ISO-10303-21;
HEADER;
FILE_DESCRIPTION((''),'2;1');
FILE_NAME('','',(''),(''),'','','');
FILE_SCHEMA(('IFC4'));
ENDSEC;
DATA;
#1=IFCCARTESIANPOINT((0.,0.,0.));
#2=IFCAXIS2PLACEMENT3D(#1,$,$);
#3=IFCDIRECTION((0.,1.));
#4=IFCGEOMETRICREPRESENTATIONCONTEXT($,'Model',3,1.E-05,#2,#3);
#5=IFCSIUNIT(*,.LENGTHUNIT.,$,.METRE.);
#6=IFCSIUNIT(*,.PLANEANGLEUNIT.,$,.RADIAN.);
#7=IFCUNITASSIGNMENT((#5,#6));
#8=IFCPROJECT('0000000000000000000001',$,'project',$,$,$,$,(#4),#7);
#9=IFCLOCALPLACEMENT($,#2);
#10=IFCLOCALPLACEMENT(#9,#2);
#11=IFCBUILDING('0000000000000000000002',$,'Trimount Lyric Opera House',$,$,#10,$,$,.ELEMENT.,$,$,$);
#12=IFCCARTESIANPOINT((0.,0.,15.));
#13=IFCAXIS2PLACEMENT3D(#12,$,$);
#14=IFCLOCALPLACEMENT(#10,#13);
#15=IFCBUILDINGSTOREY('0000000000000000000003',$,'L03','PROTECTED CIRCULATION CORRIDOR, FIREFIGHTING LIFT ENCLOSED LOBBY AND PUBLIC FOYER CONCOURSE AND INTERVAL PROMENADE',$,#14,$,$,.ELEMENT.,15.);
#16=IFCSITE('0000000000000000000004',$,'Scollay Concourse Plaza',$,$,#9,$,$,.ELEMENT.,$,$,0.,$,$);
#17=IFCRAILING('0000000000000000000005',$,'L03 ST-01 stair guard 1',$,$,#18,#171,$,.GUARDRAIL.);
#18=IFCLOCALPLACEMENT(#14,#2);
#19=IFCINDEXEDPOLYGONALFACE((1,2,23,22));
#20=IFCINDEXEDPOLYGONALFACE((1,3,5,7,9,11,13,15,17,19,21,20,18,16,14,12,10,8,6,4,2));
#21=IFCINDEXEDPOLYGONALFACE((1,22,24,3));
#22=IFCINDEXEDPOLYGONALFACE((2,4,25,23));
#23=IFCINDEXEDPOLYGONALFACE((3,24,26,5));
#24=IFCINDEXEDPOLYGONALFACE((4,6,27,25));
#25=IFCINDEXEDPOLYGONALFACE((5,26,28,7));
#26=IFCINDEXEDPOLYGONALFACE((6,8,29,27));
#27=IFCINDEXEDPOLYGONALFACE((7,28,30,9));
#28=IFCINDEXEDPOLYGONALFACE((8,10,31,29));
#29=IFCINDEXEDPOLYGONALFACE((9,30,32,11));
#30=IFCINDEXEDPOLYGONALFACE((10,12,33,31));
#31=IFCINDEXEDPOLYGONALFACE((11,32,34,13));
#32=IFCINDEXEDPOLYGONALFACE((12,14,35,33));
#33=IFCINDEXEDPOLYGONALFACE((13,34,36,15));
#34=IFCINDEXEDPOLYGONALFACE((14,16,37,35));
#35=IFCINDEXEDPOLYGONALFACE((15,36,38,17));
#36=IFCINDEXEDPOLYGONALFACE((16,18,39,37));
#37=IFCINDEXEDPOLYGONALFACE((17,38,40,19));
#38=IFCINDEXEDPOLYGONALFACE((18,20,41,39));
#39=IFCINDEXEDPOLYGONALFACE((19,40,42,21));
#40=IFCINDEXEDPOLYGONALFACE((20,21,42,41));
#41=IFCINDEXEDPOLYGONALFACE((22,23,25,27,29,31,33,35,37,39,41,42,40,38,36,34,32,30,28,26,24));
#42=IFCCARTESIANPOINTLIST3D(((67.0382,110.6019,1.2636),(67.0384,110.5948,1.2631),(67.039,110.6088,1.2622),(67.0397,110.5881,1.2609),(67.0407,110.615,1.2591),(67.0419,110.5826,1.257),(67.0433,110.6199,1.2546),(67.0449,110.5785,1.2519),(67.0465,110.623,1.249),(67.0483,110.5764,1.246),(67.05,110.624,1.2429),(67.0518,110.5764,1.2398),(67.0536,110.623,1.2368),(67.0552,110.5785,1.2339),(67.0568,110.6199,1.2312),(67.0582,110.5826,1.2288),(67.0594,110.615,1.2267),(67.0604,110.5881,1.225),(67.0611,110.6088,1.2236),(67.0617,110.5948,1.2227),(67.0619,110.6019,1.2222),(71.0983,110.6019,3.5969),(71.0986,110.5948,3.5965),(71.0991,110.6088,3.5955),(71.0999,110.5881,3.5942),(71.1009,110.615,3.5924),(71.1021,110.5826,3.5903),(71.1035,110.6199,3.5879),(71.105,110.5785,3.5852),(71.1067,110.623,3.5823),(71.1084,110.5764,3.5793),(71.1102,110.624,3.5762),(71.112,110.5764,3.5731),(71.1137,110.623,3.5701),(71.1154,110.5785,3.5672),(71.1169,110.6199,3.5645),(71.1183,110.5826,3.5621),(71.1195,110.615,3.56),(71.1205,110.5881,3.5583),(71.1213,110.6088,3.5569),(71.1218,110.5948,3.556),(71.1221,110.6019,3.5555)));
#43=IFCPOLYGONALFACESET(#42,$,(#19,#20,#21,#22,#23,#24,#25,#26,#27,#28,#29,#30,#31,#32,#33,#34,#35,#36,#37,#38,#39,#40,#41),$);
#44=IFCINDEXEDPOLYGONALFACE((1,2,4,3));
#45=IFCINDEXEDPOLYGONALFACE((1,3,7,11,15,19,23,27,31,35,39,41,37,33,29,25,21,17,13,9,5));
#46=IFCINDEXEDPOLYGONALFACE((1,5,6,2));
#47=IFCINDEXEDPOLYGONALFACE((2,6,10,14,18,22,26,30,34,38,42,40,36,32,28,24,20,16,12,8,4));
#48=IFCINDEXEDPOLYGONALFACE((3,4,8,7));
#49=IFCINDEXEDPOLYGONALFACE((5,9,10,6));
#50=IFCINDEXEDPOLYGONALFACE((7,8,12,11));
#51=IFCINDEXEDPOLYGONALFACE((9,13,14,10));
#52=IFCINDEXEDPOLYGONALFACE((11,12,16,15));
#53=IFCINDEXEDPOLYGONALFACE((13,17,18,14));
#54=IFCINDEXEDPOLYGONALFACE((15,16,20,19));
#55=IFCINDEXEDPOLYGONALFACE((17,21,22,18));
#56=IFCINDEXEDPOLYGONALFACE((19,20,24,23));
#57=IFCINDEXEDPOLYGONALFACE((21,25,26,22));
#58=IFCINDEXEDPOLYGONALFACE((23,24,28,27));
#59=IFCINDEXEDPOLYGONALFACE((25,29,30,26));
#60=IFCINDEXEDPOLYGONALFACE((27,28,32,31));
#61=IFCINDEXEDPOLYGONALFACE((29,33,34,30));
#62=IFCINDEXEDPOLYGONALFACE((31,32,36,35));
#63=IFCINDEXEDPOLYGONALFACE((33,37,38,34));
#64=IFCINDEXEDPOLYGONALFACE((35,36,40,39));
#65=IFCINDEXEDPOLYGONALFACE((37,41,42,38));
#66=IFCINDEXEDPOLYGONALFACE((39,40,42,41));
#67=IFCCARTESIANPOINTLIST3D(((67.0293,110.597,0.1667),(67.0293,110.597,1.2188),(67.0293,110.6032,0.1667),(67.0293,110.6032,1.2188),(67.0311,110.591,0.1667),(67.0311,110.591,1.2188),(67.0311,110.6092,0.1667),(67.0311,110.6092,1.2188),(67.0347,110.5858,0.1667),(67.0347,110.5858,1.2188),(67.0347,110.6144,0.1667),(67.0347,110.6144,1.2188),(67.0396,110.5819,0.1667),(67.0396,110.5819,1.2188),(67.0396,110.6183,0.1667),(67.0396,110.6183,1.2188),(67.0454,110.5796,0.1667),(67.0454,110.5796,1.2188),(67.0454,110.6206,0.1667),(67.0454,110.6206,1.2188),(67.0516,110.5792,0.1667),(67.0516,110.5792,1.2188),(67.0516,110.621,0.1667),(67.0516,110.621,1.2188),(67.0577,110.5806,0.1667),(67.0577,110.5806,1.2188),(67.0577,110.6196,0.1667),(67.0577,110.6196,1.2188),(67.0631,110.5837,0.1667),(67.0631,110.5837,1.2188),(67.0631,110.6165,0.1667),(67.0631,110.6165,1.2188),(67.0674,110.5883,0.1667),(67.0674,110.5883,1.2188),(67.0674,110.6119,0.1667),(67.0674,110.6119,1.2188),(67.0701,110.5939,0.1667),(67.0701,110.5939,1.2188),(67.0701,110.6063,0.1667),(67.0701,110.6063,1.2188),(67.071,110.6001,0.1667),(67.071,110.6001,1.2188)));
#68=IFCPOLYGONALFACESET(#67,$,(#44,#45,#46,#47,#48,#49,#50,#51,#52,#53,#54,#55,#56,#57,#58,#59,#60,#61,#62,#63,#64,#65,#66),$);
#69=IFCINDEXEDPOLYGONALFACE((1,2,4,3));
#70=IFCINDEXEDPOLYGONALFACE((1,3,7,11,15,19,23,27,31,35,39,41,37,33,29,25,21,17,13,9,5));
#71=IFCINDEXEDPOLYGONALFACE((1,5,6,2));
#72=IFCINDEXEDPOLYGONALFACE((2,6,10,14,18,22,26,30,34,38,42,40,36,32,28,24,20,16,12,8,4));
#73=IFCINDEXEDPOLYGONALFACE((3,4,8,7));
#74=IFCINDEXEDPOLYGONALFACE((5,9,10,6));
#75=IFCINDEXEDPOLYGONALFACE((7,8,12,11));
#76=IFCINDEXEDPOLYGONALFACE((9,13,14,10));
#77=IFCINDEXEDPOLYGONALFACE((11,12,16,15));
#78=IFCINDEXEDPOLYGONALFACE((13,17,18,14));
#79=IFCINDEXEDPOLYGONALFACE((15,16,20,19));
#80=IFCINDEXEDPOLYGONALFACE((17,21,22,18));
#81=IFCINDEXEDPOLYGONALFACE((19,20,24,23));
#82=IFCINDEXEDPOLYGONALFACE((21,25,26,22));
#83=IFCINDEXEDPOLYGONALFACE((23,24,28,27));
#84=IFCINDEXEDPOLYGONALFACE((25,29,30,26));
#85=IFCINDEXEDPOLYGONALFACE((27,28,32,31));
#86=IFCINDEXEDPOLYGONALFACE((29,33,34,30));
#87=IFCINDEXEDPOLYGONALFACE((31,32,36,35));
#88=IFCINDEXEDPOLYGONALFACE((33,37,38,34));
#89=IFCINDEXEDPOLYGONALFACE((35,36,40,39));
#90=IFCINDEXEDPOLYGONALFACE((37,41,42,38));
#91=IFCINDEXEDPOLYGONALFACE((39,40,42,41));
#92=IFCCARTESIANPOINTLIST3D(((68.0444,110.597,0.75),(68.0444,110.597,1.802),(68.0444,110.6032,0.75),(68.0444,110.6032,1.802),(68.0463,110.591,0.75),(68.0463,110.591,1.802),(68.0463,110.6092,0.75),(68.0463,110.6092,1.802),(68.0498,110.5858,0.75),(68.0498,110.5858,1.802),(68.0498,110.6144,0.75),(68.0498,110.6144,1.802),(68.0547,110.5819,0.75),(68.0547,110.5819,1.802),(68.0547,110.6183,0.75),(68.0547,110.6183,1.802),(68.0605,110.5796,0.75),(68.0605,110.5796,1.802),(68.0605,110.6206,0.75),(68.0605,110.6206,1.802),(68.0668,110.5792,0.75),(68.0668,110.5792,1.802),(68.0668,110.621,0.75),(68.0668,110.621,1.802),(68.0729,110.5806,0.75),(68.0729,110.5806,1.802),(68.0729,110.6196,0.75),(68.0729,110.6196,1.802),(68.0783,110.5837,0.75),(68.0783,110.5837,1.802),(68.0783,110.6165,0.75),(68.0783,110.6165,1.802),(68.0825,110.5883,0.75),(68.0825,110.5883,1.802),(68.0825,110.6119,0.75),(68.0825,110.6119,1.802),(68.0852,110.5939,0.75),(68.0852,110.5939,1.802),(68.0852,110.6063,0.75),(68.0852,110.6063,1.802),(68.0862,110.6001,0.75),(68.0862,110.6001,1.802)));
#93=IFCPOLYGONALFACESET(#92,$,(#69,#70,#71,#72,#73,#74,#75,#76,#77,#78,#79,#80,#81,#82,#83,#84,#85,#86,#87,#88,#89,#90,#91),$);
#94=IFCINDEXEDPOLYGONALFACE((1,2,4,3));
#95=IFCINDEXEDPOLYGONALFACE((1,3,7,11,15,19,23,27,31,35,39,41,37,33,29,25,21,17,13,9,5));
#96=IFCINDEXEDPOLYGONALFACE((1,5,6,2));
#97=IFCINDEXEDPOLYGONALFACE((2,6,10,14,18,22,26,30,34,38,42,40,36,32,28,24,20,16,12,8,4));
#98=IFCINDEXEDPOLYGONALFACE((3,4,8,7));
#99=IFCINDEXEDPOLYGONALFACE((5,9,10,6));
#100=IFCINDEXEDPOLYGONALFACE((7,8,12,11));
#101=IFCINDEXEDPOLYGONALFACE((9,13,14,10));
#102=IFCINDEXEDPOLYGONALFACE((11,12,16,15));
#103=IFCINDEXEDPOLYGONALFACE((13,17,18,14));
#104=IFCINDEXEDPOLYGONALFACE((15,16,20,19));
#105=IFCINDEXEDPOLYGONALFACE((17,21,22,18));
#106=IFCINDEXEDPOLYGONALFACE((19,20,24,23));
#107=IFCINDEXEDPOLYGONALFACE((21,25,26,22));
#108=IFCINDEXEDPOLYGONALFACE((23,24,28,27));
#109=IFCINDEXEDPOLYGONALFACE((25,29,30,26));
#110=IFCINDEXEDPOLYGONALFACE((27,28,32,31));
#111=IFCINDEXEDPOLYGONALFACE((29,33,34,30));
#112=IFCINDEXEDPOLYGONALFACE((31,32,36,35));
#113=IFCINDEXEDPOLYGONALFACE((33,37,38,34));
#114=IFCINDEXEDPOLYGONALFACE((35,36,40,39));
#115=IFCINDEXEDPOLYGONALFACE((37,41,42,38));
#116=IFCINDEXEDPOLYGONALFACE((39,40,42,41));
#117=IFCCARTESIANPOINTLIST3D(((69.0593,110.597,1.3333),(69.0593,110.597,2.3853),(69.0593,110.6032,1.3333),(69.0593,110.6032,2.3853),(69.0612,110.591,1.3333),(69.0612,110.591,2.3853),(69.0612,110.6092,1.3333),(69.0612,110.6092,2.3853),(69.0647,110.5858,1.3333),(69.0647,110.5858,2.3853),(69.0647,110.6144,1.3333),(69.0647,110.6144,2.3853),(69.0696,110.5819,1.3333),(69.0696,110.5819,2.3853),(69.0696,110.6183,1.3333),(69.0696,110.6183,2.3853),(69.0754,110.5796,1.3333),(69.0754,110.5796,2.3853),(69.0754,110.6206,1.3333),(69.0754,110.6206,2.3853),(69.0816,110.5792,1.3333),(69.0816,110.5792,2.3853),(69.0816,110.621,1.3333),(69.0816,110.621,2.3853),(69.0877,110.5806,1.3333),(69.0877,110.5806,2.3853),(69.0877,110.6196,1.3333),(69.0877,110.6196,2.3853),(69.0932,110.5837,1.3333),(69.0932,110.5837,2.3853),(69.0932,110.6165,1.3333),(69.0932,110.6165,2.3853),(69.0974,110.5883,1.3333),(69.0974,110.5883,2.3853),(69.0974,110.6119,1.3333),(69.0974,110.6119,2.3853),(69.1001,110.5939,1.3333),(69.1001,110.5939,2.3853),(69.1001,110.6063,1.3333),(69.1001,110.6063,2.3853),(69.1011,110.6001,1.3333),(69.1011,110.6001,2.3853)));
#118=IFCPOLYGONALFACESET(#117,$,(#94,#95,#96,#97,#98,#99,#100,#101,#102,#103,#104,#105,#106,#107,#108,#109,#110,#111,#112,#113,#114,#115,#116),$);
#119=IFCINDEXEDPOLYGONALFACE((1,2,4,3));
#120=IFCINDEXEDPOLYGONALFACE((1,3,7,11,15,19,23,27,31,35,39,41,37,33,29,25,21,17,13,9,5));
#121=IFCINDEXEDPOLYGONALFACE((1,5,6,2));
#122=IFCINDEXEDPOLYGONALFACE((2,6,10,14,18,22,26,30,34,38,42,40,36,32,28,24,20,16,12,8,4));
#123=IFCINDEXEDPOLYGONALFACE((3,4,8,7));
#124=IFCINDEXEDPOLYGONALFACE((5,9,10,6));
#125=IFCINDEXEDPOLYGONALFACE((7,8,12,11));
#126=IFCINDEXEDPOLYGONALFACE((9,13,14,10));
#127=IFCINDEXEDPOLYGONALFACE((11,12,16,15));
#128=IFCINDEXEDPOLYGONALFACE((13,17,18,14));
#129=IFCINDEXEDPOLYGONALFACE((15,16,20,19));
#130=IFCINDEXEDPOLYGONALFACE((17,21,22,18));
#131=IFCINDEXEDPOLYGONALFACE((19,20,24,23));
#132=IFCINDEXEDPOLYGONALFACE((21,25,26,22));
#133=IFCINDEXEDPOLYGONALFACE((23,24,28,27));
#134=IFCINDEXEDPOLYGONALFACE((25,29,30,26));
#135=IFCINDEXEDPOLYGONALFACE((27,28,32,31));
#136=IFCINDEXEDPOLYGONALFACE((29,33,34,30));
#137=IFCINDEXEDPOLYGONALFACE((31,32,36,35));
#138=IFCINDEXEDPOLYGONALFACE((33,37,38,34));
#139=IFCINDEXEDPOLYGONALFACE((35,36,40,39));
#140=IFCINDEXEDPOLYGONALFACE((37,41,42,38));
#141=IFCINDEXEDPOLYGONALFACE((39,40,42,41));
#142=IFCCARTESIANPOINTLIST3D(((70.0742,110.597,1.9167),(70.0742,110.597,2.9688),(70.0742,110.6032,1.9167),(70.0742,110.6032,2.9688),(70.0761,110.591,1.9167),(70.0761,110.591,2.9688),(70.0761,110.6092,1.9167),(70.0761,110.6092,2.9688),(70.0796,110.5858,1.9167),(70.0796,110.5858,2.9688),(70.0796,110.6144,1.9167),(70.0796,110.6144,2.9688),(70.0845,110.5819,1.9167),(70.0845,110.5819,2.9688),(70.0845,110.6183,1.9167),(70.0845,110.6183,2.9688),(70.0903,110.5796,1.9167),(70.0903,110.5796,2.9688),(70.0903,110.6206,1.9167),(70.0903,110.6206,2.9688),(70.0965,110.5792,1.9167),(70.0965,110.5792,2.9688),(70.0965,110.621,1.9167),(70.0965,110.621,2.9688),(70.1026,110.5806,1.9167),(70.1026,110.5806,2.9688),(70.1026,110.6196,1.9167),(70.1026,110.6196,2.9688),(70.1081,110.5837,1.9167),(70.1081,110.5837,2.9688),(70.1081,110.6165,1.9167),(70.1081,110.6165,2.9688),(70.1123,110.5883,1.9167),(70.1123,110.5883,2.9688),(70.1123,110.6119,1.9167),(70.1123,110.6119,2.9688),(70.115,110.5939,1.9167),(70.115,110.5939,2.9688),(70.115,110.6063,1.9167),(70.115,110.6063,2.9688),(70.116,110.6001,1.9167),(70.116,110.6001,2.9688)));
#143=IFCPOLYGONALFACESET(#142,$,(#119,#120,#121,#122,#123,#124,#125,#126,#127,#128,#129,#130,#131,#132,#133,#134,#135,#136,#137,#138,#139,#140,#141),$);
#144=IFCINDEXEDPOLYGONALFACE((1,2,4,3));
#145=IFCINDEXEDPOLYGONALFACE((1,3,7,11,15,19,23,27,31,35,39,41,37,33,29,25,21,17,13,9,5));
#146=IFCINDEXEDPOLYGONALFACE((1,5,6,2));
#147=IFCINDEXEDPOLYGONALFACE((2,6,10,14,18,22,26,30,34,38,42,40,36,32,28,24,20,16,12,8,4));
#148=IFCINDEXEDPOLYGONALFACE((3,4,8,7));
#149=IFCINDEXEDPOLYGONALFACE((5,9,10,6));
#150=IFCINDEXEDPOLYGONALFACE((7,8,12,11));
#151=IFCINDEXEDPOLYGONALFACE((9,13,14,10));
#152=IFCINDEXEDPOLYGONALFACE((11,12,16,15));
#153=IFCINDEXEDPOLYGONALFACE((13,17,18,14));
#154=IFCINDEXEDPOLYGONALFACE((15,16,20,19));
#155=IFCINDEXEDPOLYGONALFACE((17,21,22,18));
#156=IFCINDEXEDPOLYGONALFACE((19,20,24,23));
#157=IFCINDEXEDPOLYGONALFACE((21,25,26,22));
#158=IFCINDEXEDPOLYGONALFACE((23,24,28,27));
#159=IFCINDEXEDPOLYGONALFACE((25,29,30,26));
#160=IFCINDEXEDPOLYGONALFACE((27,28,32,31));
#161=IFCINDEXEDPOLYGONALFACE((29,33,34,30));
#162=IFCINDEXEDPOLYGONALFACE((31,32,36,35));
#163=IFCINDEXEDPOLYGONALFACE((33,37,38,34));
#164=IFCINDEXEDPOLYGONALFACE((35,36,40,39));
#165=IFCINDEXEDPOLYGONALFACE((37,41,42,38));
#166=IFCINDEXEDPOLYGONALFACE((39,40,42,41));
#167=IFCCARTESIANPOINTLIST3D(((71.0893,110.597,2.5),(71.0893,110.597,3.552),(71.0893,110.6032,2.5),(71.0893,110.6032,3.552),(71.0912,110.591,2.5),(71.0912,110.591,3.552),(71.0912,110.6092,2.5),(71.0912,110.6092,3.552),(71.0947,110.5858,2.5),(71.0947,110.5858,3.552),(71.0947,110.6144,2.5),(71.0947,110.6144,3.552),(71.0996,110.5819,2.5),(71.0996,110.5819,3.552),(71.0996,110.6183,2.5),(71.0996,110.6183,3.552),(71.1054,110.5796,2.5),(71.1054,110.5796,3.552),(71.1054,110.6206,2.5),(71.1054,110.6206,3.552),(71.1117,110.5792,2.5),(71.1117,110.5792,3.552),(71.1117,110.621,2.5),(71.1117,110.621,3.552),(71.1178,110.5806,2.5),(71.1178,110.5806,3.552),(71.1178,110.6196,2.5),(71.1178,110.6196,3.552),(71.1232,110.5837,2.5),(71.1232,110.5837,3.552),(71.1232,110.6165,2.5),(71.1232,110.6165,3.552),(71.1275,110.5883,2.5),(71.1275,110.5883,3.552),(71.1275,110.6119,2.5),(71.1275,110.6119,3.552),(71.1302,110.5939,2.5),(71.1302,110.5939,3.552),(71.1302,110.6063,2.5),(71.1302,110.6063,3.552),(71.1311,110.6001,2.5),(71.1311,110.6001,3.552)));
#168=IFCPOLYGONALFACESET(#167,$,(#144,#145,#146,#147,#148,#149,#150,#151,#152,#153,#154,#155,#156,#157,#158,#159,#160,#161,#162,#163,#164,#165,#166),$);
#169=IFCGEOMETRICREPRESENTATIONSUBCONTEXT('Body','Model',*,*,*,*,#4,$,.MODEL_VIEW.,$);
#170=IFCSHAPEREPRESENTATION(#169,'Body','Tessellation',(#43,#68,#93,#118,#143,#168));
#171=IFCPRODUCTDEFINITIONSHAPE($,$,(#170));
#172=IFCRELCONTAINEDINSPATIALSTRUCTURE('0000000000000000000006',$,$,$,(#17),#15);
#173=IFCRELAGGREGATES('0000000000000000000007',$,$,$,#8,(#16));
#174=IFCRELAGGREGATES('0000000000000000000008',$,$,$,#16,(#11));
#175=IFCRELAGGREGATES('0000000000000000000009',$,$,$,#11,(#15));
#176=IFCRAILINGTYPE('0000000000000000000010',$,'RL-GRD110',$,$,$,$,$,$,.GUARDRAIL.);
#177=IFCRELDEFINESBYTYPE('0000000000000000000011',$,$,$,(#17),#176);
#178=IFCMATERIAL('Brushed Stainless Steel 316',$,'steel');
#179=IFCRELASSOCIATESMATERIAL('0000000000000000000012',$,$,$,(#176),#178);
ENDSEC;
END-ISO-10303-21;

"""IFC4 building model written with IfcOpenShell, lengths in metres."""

from ifc_helpers import new_model, si_unit, direction, frame, origin, origin_2d, place, context, subcontext, project, spatial, circle, extrude, material, type_object, element, save


model = new_model("IFC4")

# Units and contexts
model_context = context("Model", 3, precision=1e-05, world=origin(), true_north=direction((0.0, 1.0)))
body_context = subcontext(model_context, "Body", "Model", "MODEL_VIEW")
ifc_project = project(units=[si_unit("LENGTHUNIT", "METRE"), si_unit("PLANEANGLEUNIT", "RADIAN")], contexts=[model_context])

# Site, building, storey
site_placement = place(None, origin())
site = spatial("IfcSite", under=ifc_project, at=site_placement, Name="Scollay Concourse Plaza", CompositionType="ELEMENT", RefElevation=0.0)
building_placement = place(site_placement, origin())
building = spatial("IfcBuilding", under=site, at=building_placement, Name="Trimount Lyric Opera House", CompositionType="ELEMENT")
storey_placement = place(building_placement, frame((0.0, 0.0, 15.0)))
storey = spatial("IfcBuildingStorey", under=building, at=storey_placement, Name="L03", Description="PROTECTED CIRCULATION CORRIDOR, FIREFIGHTING LIFT ENCLOSED LOBBY AND PUBLIC FOYER CONCOURSE AND INTERVAL PROMENADE", CompositionType="ELEMENT", Elevation=15.0)

# Railing
ifc_material_1 = material(Name="Brushed Stainless Steel 316", Category="steel")
railing_type_1 = type_object("IfcRailingType", Name="RL-GRD110", PredefinedType="GUARDRAIL", material=ifc_material_1)
railing_1_placement = place(storey_placement, frame((67.05, 110.6001, 0.1667)))
element("IfcRailing", 1, at=railing_1_placement, inside=storey, type_object=railing_type_1, Name="L03 ST-01 stair guard 1", PredefinedType="GUARDRAIL", context=body_context, shape_type="SweptSolid", body=[
    extrude(circle(Radius=0.0239, at=origin_2d()), frame((0.0, 0.0, 1.0762), z_axis=(0.867025, 0.0, 0.498265), x_axis=(0.0, 1.0, 0.0)), (0.0, 0.0, 1.0), 4.6829),
    extrude(circle(Radius=0.021, at=origin_2d()), origin(), (0.0, 0.0, 1.0), 1.052),
    extrude(circle(Radius=0.021, at=origin_2d()), frame((1.0151, 0.0, 0.5833)), (0.0, 0.0, 1.0), 1.052),
    extrude(circle(Radius=0.021, at=origin_2d()), frame((2.03, 0.0, 1.1665)), (0.0, 0.0, 1.0), 1.052),
    extrude(circle(Radius=0.021, at=origin_2d()), frame((3.0449, 0.0, 1.75)), (0.0, 0.0, 1.0), 1.052),
    extrude(circle(Radius=0.021, at=origin_2d()), frame((4.0601, 0.0, 2.3333)), (0.0, 0.0, 1.0), 1.052),
])

save(model, "model.ifc")
